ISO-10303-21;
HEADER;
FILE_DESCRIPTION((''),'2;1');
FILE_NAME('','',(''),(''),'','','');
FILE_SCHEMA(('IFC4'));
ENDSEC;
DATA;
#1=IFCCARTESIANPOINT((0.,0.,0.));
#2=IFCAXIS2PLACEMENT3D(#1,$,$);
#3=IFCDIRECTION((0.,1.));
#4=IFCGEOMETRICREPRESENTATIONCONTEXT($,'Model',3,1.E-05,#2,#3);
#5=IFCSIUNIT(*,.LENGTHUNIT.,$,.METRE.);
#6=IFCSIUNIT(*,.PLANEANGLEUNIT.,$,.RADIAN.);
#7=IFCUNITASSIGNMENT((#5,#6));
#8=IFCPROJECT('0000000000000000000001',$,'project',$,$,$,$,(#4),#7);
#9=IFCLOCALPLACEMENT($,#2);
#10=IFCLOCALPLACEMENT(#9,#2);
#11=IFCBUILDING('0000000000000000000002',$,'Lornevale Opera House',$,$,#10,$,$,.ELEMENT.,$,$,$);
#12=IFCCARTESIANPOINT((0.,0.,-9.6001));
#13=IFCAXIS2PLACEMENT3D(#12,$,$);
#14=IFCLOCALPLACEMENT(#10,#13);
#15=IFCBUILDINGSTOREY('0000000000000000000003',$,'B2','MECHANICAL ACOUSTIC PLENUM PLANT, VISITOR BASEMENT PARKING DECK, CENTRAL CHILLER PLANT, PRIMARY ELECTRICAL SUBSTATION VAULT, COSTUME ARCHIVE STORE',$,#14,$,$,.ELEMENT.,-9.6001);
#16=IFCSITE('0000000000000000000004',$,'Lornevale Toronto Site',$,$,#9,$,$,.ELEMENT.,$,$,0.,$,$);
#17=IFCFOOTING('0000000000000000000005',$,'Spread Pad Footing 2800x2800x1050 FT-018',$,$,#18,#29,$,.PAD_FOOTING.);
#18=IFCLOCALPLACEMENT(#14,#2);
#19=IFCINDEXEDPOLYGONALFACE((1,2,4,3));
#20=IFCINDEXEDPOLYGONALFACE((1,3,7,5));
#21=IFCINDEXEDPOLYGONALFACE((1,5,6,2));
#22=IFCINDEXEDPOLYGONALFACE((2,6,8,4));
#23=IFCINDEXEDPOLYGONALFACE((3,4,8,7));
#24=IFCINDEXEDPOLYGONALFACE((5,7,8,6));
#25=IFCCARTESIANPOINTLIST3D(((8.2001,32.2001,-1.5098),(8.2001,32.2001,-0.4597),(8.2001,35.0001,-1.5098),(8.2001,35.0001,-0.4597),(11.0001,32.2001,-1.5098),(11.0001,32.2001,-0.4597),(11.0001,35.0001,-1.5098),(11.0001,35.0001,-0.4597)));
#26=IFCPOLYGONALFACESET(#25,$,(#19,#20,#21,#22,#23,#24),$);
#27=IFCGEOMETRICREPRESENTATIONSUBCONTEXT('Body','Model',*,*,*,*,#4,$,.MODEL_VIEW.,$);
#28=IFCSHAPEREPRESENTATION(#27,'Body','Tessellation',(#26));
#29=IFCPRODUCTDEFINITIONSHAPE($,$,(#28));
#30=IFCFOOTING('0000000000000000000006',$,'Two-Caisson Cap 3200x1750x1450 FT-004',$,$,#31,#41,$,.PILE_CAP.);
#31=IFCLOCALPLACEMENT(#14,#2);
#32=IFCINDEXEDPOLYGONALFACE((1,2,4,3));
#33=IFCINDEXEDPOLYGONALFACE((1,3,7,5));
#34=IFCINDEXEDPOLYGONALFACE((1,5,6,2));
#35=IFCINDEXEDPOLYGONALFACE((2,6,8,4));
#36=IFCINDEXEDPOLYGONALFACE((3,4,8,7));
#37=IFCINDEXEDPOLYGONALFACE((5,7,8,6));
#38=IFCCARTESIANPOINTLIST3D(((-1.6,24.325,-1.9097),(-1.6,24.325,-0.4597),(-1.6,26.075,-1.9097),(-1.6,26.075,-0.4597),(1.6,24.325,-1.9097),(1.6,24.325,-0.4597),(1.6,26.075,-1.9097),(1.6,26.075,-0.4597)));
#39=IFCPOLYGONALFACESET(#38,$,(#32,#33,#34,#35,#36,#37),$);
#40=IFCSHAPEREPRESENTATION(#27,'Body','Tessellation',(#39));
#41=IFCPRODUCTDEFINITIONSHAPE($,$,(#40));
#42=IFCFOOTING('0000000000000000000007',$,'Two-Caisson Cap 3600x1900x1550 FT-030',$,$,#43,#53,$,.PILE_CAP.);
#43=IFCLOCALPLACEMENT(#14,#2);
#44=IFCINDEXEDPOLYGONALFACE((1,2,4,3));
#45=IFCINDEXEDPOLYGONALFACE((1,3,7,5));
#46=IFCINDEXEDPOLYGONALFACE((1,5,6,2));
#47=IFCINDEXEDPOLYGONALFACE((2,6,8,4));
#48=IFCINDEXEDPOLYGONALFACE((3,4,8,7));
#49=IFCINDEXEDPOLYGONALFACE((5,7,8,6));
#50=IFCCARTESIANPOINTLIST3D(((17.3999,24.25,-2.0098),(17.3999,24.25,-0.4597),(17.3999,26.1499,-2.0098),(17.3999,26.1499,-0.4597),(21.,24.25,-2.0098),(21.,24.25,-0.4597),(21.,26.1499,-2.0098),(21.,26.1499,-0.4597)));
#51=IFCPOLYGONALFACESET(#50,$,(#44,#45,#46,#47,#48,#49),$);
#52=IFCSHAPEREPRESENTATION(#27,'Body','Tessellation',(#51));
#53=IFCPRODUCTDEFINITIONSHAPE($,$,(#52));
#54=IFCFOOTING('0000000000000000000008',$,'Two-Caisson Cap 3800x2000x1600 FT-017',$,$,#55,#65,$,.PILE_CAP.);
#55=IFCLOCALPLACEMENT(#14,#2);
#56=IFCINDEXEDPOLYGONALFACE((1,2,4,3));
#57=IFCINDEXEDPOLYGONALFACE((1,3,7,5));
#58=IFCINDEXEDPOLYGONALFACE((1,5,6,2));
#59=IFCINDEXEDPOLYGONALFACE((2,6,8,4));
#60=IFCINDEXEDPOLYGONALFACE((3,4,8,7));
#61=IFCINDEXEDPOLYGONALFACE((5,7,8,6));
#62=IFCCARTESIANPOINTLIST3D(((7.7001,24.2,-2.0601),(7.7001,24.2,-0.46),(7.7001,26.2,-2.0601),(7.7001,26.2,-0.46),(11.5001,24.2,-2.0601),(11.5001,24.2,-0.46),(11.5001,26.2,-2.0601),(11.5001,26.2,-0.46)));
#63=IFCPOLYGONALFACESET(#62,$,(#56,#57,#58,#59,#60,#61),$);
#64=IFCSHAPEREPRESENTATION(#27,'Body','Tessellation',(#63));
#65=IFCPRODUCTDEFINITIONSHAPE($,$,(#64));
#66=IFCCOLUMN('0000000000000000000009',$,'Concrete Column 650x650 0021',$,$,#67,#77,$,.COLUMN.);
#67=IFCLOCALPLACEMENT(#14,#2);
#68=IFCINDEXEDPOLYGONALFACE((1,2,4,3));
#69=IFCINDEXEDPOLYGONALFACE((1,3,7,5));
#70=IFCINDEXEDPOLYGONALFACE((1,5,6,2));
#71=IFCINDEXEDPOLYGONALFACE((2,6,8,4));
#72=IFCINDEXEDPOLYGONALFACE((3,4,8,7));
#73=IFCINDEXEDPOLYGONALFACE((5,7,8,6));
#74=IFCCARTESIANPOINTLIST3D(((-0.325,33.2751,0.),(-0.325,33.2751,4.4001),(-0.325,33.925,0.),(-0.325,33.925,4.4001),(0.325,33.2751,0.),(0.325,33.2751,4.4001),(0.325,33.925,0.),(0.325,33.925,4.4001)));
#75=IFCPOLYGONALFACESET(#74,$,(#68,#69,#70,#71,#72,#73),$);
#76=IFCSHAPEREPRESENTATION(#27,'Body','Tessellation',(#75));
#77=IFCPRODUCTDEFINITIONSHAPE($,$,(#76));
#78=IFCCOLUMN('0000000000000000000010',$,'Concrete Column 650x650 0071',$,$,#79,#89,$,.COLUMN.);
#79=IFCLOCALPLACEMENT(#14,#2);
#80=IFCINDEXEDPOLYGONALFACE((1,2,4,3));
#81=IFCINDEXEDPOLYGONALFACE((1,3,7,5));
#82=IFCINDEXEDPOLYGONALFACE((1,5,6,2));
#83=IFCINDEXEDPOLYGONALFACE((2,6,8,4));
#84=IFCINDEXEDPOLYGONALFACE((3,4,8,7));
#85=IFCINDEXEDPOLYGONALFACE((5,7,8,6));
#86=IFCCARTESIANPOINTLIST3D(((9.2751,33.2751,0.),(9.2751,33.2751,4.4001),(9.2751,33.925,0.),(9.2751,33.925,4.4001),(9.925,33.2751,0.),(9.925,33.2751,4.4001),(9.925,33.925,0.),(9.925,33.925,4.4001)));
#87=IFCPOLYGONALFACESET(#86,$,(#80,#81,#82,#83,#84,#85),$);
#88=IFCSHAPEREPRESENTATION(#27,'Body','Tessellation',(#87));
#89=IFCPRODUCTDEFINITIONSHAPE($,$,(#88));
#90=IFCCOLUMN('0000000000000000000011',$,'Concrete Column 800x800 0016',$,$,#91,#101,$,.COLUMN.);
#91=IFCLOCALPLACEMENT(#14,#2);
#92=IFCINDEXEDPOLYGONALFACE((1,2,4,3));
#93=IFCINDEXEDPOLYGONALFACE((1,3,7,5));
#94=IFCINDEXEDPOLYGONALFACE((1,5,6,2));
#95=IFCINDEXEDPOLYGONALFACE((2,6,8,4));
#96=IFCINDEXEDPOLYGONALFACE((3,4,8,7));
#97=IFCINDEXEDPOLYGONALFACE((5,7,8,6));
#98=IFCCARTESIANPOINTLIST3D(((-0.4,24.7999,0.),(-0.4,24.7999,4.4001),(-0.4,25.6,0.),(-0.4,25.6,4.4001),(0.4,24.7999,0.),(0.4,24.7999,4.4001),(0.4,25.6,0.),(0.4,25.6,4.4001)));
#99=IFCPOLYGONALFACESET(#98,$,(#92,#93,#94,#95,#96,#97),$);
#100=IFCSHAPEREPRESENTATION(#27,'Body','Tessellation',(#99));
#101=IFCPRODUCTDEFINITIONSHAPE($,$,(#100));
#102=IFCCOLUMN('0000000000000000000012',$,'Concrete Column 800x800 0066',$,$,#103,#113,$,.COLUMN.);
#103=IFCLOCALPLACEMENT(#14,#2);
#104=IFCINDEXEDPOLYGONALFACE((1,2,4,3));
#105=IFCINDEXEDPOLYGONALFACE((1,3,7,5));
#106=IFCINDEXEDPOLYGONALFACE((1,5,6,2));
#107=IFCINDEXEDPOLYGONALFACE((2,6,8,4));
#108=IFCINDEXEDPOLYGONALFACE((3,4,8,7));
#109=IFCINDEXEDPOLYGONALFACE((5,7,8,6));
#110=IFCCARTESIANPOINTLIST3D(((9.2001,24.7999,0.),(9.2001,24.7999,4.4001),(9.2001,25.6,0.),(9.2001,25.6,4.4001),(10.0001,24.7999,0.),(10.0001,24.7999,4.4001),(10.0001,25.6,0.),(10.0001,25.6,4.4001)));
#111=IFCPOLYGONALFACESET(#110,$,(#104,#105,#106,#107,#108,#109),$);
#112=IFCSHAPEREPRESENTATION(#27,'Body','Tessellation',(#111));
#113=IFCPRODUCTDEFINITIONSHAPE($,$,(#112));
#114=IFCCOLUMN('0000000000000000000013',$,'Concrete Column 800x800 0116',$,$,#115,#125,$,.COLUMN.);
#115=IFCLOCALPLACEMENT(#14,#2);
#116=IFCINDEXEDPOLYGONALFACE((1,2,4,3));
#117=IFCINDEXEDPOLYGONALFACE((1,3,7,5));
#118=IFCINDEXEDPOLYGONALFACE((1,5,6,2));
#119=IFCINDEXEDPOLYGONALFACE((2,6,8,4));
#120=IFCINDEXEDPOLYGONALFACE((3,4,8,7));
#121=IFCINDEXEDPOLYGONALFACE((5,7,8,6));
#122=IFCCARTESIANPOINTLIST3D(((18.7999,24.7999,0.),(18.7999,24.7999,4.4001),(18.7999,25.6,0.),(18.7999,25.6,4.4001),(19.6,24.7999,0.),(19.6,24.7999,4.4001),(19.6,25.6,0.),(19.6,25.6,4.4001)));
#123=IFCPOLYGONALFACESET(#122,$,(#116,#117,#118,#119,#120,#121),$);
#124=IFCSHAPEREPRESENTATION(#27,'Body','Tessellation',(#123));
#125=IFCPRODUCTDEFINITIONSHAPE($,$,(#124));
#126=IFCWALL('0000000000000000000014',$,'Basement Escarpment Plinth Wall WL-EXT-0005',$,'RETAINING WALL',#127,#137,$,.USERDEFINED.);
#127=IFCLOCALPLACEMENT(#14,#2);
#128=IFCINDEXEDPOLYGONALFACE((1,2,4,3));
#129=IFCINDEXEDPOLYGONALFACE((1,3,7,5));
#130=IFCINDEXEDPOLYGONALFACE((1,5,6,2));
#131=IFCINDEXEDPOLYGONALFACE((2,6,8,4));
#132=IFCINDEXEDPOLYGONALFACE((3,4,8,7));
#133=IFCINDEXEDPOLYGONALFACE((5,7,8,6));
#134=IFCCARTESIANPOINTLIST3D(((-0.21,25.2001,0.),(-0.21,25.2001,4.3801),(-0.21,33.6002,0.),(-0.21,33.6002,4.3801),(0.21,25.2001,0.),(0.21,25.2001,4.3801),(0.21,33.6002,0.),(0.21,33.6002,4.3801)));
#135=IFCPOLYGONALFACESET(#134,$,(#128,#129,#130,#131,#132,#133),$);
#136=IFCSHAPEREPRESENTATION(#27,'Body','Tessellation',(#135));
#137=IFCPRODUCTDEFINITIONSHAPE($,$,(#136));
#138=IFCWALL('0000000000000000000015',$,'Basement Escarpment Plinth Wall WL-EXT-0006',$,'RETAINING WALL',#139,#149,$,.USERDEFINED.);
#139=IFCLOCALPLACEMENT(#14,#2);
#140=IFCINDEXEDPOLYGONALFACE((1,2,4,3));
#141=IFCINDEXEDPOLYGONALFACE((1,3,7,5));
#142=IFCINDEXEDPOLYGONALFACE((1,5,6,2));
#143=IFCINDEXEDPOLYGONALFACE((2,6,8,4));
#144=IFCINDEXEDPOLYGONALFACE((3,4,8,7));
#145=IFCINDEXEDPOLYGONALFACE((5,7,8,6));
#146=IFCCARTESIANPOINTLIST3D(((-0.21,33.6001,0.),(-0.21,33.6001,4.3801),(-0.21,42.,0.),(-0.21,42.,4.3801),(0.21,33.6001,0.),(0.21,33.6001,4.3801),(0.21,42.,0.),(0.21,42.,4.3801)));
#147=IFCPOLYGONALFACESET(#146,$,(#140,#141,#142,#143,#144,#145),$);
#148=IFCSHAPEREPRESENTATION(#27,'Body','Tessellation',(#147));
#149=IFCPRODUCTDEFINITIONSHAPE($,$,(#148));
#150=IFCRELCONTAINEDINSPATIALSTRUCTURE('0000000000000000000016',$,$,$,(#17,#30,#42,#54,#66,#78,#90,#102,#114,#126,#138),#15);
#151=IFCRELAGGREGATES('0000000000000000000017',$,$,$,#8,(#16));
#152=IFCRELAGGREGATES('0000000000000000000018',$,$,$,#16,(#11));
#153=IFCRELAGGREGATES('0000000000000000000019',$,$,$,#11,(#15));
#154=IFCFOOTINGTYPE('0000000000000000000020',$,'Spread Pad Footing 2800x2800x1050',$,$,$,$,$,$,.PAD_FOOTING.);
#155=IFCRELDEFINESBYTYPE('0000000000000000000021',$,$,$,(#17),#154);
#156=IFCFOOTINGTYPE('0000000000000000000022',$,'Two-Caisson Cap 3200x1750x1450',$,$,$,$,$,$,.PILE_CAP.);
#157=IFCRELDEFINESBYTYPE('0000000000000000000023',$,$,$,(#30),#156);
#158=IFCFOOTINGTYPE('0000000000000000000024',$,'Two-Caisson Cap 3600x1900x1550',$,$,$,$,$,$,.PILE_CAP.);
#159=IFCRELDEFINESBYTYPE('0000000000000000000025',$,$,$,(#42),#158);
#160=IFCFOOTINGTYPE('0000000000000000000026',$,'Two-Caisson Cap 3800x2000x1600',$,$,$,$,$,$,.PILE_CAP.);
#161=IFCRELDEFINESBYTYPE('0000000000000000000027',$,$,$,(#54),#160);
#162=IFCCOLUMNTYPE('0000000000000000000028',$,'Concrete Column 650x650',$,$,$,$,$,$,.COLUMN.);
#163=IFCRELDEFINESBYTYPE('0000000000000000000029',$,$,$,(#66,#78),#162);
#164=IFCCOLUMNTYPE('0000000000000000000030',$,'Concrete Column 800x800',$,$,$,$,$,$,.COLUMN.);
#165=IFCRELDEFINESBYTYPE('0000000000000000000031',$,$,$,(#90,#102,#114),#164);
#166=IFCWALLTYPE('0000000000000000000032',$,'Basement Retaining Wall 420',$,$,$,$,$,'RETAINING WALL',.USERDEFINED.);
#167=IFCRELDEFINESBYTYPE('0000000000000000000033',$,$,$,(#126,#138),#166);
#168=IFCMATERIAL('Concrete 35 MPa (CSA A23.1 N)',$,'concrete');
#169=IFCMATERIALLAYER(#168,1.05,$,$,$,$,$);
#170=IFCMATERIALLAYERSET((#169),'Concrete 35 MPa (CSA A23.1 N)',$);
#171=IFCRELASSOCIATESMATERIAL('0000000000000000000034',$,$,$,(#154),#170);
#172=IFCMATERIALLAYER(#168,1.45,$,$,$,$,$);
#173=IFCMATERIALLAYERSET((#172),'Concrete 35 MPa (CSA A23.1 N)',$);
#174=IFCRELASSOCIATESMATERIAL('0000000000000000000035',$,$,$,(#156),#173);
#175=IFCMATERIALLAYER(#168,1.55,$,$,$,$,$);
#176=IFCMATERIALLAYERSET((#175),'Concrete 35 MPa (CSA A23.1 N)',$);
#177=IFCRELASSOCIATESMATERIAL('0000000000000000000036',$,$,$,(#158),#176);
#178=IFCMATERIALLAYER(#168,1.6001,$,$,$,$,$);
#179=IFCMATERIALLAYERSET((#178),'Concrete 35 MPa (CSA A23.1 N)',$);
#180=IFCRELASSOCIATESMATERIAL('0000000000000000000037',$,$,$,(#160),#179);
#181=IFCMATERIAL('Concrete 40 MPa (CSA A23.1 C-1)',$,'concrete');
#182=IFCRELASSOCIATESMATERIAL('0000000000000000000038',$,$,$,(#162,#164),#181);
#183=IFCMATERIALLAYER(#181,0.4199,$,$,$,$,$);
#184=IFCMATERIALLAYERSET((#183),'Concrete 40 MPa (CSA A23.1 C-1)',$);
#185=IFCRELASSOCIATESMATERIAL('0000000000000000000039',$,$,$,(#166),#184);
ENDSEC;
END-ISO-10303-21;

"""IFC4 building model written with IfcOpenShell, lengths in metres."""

from ifc_helpers import new_model, si_unit, direction, frame, frame_2d, origin, origin_2d, place, context, subcontext, project, spatial, rectangle, extrude, material, layer, layer_set, material_profile, profile_set, type_object, element, save


model = new_model("IFC4")

# Units and contexts
model_context = context("Model", 3, precision=1e-05, world=origin(), true_north=direction((0.0, 1.0)))
body_context = subcontext(model_context, "Body", "Model", "MODEL_VIEW")
ifc_project = project(units=[si_unit("LENGTHUNIT", "METRE"), si_unit("PLANEANGLEUNIT", "RADIAN")], contexts=[model_context])

# Site, building, storey
site_placement = place(None, origin())
site = spatial("IfcSite", under=ifc_project, at=site_placement, Name="Lornevale Toronto Site", CompositionType="ELEMENT", RefElevation=0.0)
building_placement = place(site_placement, origin())
building = spatial("IfcBuilding", under=site, at=building_placement, Name="Lornevale Opera House", CompositionType="ELEMENT")
storey_placement = place(building_placement, frame((0.0, 0.0, -9.6001)))
storey = spatial("IfcBuildingStorey", under=building, at=storey_placement, Name="B2", Description="MECHANICAL ACOUSTIC PLENUM PLANT, VISITOR BASEMENT PARKING DECK, CENTRAL CHILLER PLANT, PRIMARY ELECTRICAL SUBSTATION VAULT, COSTUME ARCHIVE STORE", CompositionType="ELEMENT", Elevation=-9.6001)

# Shared definitions
ifc_material_1 = material(Name="Concrete 35 MPa (CSA A23.1 N)", Category="concrete")

# Shared definitions
ifc_material_2 = material(Name="Concrete 40 MPa (CSA A23.1 C-1)", Category="concrete")

# Footings
ifc_layer_1 = layer(ifc_material_1, 1.05)
ifc_layer_set_1 = layer_set([ifc_layer_1], Name="Concrete 35 MPa (CSA A23.1 N)")
footing_type_1 = type_object("IfcFootingType", Name="Spread Pad Footing 2800x2800x1050", PredefinedType="PAD_FOOTING", material=ifc_layer_set_1)
footing_1_placement = place(storey_placement, frame((9.6001, 33.6001, -1.5098), z_axis=(0.0, 0.0, 1.0), x_axis=(1.0, 0.0, 0.0)))
element("IfcFooting", 1, at=footing_1_placement, inside=storey, type_object=footing_type_1, Name="Spread Pad Footing 2800x2800x1050 FT-018", PredefinedType="PAD_FOOTING", context=body_context, shape_type="SweptSolid", body=[
    extrude(rectangle(XDim=2.8, YDim=2.8, at=origin_2d()), origin(), (0.0, 0.0, 1.0), 1.05),
])
ifc_layer_2 = layer(ifc_material_1, 1.45)
ifc_layer_set_2 = layer_set([ifc_layer_2], Name="Concrete 35 MPa (CSA A23.1 N)")
footing_type_2 = type_object("IfcFootingType", Name="Two-Caisson Cap 3200x1750x1450", PredefinedType="PILE_CAP", material=ifc_layer_set_2)
footing_2_placement = place(storey_placement, frame((0.0, 25.2, -1.9097), z_axis=(0.0, 0.0, 1.0), x_axis=(1.0, 0.0, 0.0)))
element("IfcFooting", 2, at=footing_2_placement, inside=storey, type_object=footing_type_2, Name="Two-Caisson Cap 3200x1750x1450 FT-004", PredefinedType="PILE_CAP", context=body_context, shape_type="SweptSolid", body=[
    extrude(rectangle(XDim=3.2, YDim=1.75, at=origin_2d()), origin(), (0.0, 0.0, 1.0), 1.45),
])
ifc_layer_3 = layer(ifc_material_1, 1.55)
ifc_layer_set_3 = layer_set([ifc_layer_3], Name="Concrete 35 MPa (CSA A23.1 N)")
footing_type_3 = type_object("IfcFootingType", Name="Two-Caisson Cap 3600x1900x1550", PredefinedType="PILE_CAP", material=ifc_layer_set_3)
footing_3_placement = place(storey_placement, frame((19.2, 25.2, -2.0098), z_axis=(0.0, 0.0, 1.0), x_axis=(1.0, 0.0, 0.0)))
element("IfcFooting", 3, at=footing_3_placement, inside=storey, type_object=footing_type_3, Name="Two-Caisson Cap 3600x1900x1550 FT-030", PredefinedType="PILE_CAP", context=body_context, shape_type="SweptSolid", body=[
    extrude(rectangle(XDim=3.6001, YDim=1.8999, at=origin_2d()), origin(), (0.0, 0.0, 1.0), 1.55),
])
ifc_layer_4 = layer(ifc_material_1, 1.6001)
ifc_layer_set_4 = layer_set([ifc_layer_4], Name="Concrete 35 MPa (CSA A23.1 N)")
footing_type_4 = type_object("IfcFootingType", Name="Two-Caisson Cap 3800x2000x1600", PredefinedType="PILE_CAP", material=ifc_layer_set_4)
footing_4_placement = place(storey_placement, frame((9.6001, 25.2, -2.0601), z_axis=(0.0, 0.0, 1.0), x_axis=(1.0, 0.0, 0.0)))
element("IfcFooting", 4, at=footing_4_placement, inside=storey, type_object=footing_type_4, Name="Two-Caisson Cap 3800x2000x1600 FT-017", PredefinedType="PILE_CAP", context=body_context, shape_type="SweptSolid", body=[
    extrude(rectangle(XDim=3.8, YDim=2.0, at=origin_2d()), origin(), (0.0, 0.0, 1.0), 1.6001),
])

# Columns
ifc_material_profile_1 = material_profile(ifc_material_2, rectangle(XDim=0.6499, YDim=0.6499, at=origin_2d()), Name="RC650x650")
ifc_profile_set_1 = profile_set([ifc_material_profile_1], Name="Concrete 40 MPa (CSA A23.1 C-1)")
column_type_1 = type_object("IfcColumnType", Name="Concrete Column 650x650", PredefinedType="COLUMN", material=ifc_profile_set_1)
for number, where, z_axis, x_axis, name in (
    (5, (0.0, 33.6001, 0.0), (0.0, 0.0, 1.0), (1.0, 0.0, 0.0), "Concrete Column 650x650 0021"),
    (6, (9.6001, 33.6001, 0.0), (0.0, 0.0, 1.0), (1.0, 0.0, 0.0), "Concrete Column 650x650 0071"),
):
    element("IfcColumn", number, at=place(storey_placement, frame(where, z_axis=z_axis, x_axis=x_axis)), inside=storey, type_object=column_type_1, Name=name, PredefinedType="COLUMN", context=body_context, shape_type="SweptSolid", body=[
        extrude(rectangle(XDim=0.6499, YDim=0.6499, at=origin_2d()), origin(), (0.0, 0.0, 1.0), 4.4001),
    ])
ifc_material_profile_2 = material_profile(ifc_material_2, rectangle(XDim=0.8, YDim=0.8, at=origin_2d()), Name="RC800x800")
ifc_profile_set_2 = profile_set([ifc_material_profile_2], Name="Concrete 40 MPa (CSA A23.1 C-1)")
column_type_2 = type_object("IfcColumnType", Name="Concrete Column 800x800", PredefinedType="COLUMN", material=ifc_profile_set_2)
for number, where, z_axis, x_axis, name in (
    (7, (0.0, 25.2, 0.0), (0.0, 0.0, 1.0), (1.0, 0.0, 0.0), "Concrete Column 800x800 0016"),
    (8, (9.6001, 25.2, 0.0), (0.0, 0.0, 1.0), (1.0, 0.0, 0.0), "Concrete Column 800x800 0066"),
    (9, (19.2, 25.2, 0.0), (0.0, 0.0, 1.0), (1.0, 0.0, 0.0), "Concrete Column 800x800 0116"),
):
    element("IfcColumn", number, at=place(storey_placement, frame(where, z_axis=z_axis, x_axis=x_axis)), inside=storey, type_object=column_type_2, Name=name, PredefinedType="COLUMN", context=body_context, shape_type="SweptSolid", body=[
        extrude(rectangle(XDim=0.8, YDim=0.8, at=origin_2d()), origin(), (0.0, 0.0, 1.0), 4.4001),
    ])

# Walls
ifc_layer_5 = layer(ifc_material_2, 0.4199)
ifc_layer_set_5 = layer_set([ifc_layer_5], Name="Concrete 40 MPa (CSA A23.1 C-1)")
wall_type = type_object("IfcWallType", Name="Basement Retaining Wall 420", ElementType="RETAINING WALL", PredefinedType="USERDEFINED", material=ifc_layer_set_5)
wall_1_placement = place(storey_placement, frame((0.0, 25.2, 0.0), z_axis=(0.0, 0.0, 1.0), x_axis=(0.0, 1.0, 0.0)))
element("IfcWall", 10, at=wall_1_placement, inside=storey, type_object=wall_type, Name="Basement Escarpment Plinth Wall WL-EXT-0005", ObjectType="RETAINING WALL", PredefinedType="USERDEFINED", context=body_context, shape_type="SweptSolid", body=[
    extrude(rectangle(XDim=8.4001, YDim=0.4199, at=frame_2d((4.2002, 0.0))), origin(), (0.0, 0.0, 1.0), 4.3801),
])
wall_2_placement = place(storey_placement, frame((0.0, 33.6001, 0.0), z_axis=(0.0, 0.0, 1.0), x_axis=(0.0, 1.0, 0.0)))
element("IfcWall", 11, at=wall_2_placement, inside=storey, type_object=wall_type, Name="Basement Escarpment Plinth Wall WL-EXT-0006", ObjectType="RETAINING WALL", PredefinedType="USERDEFINED", context=body_context, shape_type="SweptSolid", body=[
    extrude(rectangle(XDim=8.3999, YDim=0.4199, at=frame_2d((4.2, 0.0))), origin(), (0.0, 0.0, 1.0), 4.3801),
])

save(model, "model.ifc")
